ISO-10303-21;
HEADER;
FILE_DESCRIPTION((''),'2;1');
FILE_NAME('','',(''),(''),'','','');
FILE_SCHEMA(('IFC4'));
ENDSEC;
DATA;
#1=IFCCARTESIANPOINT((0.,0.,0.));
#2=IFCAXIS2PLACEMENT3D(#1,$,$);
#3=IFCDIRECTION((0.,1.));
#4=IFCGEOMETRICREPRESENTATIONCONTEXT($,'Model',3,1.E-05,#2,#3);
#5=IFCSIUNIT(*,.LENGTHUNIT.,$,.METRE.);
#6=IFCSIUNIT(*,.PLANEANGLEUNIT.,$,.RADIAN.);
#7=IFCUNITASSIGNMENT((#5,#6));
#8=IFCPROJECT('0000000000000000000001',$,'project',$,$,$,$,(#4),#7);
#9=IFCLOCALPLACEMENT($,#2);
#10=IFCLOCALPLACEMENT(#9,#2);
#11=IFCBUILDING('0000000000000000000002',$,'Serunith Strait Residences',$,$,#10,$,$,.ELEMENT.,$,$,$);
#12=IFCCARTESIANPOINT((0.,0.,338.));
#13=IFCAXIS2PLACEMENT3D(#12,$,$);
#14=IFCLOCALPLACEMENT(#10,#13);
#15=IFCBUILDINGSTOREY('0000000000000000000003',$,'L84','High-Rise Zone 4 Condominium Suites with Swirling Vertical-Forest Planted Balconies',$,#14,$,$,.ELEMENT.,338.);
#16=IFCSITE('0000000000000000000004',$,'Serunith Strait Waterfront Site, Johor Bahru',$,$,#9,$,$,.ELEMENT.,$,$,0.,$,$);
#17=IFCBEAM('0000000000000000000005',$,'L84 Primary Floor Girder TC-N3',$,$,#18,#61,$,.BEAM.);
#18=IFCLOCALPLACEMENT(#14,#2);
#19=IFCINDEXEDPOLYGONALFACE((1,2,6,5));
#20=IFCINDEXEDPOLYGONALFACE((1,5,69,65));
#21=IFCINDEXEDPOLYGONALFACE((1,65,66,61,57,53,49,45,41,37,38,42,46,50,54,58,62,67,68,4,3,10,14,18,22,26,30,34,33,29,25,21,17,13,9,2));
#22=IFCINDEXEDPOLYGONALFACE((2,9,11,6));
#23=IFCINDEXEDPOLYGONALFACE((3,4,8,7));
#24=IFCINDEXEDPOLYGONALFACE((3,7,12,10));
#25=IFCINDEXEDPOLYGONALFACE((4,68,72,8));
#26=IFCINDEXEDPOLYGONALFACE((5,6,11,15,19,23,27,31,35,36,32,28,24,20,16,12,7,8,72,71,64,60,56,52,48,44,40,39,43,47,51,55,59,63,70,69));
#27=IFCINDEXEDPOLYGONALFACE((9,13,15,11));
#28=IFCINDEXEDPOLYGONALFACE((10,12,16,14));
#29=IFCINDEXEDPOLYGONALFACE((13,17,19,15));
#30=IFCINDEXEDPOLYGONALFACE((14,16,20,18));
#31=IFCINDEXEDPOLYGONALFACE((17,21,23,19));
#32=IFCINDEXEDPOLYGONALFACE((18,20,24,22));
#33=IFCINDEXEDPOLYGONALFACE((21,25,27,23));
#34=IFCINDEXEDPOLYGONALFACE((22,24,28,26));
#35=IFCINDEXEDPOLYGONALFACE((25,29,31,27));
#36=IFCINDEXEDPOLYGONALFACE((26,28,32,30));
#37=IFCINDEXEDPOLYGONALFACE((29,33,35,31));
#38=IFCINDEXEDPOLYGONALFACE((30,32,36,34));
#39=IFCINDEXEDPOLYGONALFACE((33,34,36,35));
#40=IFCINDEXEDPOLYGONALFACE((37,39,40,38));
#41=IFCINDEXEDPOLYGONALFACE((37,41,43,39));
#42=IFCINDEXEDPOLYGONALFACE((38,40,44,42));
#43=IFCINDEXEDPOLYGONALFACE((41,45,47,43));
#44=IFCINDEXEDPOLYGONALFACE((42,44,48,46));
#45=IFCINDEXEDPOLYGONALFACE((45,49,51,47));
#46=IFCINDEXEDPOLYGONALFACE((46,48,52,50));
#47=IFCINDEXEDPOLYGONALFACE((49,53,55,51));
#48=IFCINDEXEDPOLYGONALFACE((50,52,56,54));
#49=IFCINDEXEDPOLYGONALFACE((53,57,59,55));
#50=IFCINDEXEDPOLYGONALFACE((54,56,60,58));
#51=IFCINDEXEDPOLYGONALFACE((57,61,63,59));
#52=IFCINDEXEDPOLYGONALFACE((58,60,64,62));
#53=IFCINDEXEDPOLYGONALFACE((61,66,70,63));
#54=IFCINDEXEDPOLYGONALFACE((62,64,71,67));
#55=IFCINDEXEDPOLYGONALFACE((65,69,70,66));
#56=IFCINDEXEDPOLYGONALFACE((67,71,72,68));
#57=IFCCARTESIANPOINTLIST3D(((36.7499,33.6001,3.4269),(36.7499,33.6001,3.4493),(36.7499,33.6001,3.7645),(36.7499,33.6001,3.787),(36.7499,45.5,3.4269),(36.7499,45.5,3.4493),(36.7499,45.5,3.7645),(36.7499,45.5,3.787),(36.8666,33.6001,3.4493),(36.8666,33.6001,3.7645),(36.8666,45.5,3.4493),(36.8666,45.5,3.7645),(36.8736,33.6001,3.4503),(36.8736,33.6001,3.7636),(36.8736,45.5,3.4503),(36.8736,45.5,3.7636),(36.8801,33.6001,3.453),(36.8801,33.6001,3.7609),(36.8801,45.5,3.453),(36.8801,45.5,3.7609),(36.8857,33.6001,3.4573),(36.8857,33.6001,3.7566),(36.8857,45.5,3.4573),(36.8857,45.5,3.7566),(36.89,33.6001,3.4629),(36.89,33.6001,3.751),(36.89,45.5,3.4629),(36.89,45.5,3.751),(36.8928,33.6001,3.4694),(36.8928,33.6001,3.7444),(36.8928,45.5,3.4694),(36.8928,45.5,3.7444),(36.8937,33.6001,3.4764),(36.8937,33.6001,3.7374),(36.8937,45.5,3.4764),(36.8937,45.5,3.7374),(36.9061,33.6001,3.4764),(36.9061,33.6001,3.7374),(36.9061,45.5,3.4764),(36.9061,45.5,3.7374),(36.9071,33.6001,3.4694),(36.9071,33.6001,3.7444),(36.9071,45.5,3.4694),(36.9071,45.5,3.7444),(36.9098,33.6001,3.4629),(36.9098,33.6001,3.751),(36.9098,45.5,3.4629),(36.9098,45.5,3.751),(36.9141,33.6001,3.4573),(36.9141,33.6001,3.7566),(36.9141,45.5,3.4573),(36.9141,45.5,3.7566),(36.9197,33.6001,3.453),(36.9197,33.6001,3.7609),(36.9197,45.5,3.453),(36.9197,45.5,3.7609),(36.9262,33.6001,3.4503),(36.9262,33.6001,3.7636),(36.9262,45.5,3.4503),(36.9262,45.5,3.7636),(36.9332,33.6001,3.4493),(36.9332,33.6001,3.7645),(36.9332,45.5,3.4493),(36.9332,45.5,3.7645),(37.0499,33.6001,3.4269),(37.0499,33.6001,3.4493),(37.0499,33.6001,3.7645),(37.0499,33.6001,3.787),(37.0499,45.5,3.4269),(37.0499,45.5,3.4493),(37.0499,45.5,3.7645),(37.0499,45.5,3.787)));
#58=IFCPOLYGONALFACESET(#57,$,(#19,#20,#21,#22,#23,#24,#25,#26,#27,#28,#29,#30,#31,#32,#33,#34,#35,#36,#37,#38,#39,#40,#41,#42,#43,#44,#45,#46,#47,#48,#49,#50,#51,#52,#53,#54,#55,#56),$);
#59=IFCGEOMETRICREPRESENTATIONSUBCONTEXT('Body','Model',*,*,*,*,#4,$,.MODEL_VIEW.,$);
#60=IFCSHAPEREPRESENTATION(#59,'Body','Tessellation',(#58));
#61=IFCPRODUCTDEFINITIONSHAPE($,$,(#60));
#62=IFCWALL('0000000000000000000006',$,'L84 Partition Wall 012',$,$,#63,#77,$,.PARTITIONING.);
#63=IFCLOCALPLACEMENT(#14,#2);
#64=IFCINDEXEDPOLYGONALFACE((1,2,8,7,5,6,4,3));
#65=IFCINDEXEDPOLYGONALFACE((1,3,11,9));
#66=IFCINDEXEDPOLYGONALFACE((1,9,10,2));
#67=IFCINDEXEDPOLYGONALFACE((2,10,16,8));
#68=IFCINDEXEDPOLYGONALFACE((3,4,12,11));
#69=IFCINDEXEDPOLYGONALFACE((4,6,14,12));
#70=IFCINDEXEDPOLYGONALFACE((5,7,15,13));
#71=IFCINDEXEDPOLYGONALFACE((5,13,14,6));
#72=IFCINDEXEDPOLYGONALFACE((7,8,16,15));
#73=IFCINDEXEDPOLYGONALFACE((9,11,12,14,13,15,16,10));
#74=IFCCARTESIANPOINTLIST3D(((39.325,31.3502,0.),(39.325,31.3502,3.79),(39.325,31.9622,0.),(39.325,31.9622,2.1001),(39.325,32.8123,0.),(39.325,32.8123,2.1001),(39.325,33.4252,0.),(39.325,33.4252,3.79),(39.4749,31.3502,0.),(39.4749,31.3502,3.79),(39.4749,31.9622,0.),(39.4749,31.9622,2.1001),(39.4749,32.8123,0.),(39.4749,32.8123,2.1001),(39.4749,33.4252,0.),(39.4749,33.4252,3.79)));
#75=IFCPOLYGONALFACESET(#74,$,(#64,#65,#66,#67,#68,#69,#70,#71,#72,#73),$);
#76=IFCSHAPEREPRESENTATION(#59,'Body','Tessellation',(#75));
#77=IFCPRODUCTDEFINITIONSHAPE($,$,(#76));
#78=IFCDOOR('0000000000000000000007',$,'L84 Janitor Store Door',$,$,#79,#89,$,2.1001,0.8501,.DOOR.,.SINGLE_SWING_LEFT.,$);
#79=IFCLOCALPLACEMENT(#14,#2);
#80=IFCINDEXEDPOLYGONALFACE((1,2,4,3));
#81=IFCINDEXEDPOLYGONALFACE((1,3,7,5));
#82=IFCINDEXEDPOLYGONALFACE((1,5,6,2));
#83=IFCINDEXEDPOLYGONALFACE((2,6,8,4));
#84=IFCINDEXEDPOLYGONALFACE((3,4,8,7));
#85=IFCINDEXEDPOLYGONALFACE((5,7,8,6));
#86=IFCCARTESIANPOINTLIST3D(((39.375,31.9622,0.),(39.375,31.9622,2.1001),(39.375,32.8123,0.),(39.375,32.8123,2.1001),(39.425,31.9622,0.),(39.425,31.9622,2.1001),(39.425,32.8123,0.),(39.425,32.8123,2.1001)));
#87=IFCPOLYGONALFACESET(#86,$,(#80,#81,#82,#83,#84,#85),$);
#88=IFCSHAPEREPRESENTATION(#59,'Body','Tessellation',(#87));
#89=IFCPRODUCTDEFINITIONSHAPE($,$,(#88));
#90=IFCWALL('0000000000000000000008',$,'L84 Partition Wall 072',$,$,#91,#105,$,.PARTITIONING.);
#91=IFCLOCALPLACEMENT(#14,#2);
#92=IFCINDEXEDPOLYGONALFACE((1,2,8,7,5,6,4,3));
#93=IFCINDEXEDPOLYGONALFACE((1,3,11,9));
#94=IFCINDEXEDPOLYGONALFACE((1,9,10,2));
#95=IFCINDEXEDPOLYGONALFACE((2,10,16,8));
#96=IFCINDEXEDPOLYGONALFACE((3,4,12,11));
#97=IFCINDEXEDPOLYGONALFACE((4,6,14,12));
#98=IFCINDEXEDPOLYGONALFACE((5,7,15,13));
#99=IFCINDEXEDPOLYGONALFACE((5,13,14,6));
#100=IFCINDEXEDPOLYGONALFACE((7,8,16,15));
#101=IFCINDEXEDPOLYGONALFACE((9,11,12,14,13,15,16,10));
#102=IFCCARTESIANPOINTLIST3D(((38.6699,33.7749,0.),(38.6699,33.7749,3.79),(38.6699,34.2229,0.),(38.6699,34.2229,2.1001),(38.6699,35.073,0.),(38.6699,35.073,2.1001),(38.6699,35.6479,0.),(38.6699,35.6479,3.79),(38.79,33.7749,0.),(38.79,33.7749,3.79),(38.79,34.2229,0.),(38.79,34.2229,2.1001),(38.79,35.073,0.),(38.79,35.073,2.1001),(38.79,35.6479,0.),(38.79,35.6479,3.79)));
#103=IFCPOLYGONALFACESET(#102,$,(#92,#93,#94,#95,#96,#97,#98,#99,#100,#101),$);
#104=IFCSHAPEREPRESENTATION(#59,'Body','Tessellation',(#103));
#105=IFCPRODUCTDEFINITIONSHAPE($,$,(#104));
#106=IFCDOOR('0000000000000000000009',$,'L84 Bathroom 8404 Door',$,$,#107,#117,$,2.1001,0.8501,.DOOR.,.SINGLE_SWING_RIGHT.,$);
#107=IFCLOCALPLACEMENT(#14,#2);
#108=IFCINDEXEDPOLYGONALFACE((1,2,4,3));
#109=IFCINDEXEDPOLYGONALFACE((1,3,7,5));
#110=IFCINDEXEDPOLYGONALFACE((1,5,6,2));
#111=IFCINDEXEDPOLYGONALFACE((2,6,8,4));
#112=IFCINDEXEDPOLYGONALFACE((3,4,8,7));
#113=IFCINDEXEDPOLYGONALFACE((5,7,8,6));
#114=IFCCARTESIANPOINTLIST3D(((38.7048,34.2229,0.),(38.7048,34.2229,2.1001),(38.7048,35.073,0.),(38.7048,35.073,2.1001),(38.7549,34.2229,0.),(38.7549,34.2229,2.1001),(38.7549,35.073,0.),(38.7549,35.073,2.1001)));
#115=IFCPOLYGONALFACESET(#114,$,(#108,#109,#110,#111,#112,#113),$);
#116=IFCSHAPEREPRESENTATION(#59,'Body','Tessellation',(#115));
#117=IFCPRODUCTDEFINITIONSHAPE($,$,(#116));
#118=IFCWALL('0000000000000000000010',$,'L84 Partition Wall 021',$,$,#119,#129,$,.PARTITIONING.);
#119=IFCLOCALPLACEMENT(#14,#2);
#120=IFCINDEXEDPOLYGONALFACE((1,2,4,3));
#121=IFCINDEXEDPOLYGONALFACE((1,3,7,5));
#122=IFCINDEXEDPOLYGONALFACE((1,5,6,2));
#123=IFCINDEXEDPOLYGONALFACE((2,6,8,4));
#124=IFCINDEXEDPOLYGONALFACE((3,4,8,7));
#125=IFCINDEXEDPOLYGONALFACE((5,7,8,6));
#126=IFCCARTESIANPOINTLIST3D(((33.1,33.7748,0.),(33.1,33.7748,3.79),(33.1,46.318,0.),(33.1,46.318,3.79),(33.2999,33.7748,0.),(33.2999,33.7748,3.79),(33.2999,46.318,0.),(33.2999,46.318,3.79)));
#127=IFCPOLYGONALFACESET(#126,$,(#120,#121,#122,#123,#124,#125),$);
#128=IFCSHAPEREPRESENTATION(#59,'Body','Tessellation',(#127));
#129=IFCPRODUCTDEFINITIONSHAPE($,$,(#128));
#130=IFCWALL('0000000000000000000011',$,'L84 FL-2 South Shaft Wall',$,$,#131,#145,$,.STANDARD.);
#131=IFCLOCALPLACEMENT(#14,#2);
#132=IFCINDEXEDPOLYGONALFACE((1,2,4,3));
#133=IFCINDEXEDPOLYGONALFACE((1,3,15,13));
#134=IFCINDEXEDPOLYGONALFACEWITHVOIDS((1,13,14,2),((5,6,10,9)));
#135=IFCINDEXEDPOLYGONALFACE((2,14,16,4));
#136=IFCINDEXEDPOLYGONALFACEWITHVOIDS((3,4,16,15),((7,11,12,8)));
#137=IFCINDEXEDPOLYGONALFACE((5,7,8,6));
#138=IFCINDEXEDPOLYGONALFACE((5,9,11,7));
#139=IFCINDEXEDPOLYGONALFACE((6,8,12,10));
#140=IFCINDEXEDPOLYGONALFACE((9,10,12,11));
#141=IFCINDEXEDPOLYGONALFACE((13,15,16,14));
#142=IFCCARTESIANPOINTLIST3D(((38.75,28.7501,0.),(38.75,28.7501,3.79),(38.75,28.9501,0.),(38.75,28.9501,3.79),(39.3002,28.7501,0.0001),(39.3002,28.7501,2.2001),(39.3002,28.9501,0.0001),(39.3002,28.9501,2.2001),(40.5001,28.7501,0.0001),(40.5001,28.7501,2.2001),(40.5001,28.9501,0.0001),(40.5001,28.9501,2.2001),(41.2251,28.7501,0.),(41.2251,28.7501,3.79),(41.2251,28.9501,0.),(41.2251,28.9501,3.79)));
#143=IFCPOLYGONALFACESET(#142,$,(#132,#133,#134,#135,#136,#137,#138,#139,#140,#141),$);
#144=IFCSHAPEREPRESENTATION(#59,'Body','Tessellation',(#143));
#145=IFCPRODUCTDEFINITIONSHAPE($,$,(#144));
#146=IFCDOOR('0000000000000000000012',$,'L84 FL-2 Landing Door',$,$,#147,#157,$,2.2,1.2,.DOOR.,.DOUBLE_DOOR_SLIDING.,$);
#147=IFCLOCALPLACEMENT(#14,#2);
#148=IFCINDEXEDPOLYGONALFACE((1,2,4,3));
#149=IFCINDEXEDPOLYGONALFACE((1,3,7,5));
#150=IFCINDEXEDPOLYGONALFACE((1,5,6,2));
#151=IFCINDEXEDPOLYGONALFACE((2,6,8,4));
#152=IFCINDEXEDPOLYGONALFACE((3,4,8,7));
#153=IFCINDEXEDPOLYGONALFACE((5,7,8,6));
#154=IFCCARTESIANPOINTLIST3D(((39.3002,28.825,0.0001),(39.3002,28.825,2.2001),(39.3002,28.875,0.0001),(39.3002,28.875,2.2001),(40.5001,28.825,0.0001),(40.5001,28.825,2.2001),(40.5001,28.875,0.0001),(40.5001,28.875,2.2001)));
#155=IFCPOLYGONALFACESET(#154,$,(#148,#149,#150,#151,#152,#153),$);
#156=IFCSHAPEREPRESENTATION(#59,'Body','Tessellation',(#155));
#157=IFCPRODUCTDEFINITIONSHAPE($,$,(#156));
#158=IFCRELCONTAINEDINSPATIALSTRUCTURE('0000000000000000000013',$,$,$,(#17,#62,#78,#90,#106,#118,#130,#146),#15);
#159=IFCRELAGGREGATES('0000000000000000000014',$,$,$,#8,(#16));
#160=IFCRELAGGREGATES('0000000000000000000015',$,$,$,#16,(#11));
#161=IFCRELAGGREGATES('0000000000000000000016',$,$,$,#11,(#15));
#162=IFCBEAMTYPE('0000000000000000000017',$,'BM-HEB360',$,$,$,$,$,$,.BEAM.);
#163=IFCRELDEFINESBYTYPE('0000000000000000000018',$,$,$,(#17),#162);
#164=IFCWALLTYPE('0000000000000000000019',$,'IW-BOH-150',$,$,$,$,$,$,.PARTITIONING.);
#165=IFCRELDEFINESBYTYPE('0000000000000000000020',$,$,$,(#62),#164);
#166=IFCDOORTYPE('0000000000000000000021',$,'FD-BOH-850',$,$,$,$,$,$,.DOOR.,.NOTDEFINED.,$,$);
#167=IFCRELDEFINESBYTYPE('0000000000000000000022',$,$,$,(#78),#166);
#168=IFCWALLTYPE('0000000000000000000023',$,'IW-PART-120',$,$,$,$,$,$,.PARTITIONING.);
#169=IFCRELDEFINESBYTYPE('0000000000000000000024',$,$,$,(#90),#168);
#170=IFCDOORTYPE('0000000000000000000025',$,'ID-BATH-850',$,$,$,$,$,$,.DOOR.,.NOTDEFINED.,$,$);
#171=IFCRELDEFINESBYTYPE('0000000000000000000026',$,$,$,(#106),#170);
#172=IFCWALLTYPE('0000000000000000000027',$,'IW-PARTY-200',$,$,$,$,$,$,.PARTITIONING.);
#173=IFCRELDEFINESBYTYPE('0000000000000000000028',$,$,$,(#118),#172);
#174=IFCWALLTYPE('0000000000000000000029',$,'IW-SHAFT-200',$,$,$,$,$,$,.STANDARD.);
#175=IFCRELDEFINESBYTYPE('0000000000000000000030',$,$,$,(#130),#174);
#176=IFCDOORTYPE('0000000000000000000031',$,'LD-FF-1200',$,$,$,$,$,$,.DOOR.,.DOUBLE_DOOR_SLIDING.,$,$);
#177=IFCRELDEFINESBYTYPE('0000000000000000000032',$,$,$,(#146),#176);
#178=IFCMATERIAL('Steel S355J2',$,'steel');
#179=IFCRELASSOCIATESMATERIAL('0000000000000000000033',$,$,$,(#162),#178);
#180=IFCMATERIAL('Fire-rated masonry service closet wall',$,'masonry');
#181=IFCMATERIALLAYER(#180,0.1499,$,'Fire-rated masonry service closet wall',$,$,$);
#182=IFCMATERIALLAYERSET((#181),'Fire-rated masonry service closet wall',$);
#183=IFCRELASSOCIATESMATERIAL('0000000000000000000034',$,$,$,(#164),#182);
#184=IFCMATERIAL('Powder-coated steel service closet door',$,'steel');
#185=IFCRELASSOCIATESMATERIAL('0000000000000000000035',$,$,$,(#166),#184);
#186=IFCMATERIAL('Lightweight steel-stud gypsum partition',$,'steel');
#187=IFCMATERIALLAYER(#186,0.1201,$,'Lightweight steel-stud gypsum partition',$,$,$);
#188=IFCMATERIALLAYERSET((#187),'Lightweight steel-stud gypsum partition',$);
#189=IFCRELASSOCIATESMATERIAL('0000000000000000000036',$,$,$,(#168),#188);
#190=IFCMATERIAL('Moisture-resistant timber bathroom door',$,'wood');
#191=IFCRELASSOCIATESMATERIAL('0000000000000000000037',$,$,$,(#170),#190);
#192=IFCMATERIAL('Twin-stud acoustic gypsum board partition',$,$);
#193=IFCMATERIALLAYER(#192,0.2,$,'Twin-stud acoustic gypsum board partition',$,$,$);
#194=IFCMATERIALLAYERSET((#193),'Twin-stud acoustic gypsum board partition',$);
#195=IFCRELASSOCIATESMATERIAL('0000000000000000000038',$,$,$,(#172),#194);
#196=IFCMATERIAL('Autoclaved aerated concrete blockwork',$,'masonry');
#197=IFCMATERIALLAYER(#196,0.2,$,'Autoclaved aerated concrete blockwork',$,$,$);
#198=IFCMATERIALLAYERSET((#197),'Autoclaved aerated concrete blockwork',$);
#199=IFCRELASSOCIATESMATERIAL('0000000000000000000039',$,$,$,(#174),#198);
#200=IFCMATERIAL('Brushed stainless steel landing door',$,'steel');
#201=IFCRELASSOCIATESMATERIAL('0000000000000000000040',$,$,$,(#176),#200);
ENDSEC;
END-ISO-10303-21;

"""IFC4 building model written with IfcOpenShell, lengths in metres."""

from ifc_helpers import new_model, si_unit, direction, frame, frame_2d, origin, origin_2d, place, context, subcontext, project, spatial, rectangle, i_section, extrude, source, transform, mapped, material, layer, layer_set, material_profile, profile_set, type_object, element, fill, save


model = new_model("IFC4")

# Units and contexts
model_context = context("Model", 3, precision=1e-05, world=origin(), true_north=direction((0.0, 1.0)))
body_context = subcontext(model_context, "Body", "Model", "MODEL_VIEW")
ifc_project = project(units=[si_unit("LENGTHUNIT", "METRE"), si_unit("PLANEANGLEUNIT", "RADIAN")], contexts=[model_context])

# Site, building, storey
site_placement = place(None, origin())
site = spatial("IfcSite", under=ifc_project, at=site_placement, Name="Serunith Strait Waterfront Site, Johor Bahru", CompositionType="ELEMENT", RefElevation=0.0)
building_placement = place(site_placement, origin())
building = spatial("IfcBuilding", under=site, at=building_placement, Name="Serunith Strait Residences", CompositionType="ELEMENT")
storey_placement = place(building_placement, frame((0.0, 0.0, 338.0)))
storey = spatial("IfcBuildingStorey", under=building, at=storey_placement, Name="L84", Description="High-Rise Zone 4 Condominium Suites with Swirling Vertical-Forest Planted Balconies", CompositionType="ELEMENT", Elevation=338.0)

# Beam
ifc_material_1 = material(Name="Steel S355J2", Category="steel")
ifc_material_profile = material_profile(ifc_material_1, i_section(OverallWidth=0.3, OverallDepth=0.3601, WebThickness=0.0125, FlangeThickness=0.0225, FilletRadius=0.0271, at=origin_2d()), Name="HEB 360")
ifc_profile_set = profile_set([ifc_material_profile], Name="Steel S355J2")
beam_type = type_object("IfcBeamType", Name="BM-HEB360", PredefinedType="BEAM", material=ifc_profile_set)
shared_shape_1 = source(origin(), body_context, "Body", "SweptSolid", [
    extrude(i_section(OverallWidth=0.3, OverallDepth=0.3601, WebThickness=0.0125, FlangeThickness=0.0225, FilletRadius=0.0271, at=origin_2d()), origin(), (0.0, 0.0, 1.0), 11.8999),
])
beam_placement = place(storey_placement, frame((36.8999, 33.6001, 3.6069), z_axis=(0.0, 1.0, 0.0), x_axis=(-1.0, 0.0, 0.0)))
element("IfcBeam", 1, at=beam_placement, inside=storey, type_object=beam_type, Name="L84 Primary Floor Girder TC-N3", PredefinedType="BEAM", context=body_context, shape_type="MappedRepresentation", body=[
    mapped(shared_shape_1, transform((0.0, 0.0, 0.0), scale=1.0)),
])

# Walls, openings, doors
ifc_material_2 = material(Name="Fire-rated masonry service closet wall", Category="masonry")
ifc_layer_1 = layer(ifc_material_2, 0.1499, Name="Fire-rated masonry service closet wall")
ifc_layer_set_1 = layer_set([ifc_layer_1], Name="Fire-rated masonry service closet wall")
wall_type_1 = type_object("IfcWallType", Name="IW-BOH-150", PredefinedType="PARTITIONING", material=ifc_layer_set_1)
wall_1_placement = place(storey_placement, frame((39.3999, 31.3501, 0.0), z_axis=(0.0, 0.0, 1.0), x_axis=(0.0, 1.0, 0.0)))
wall_1 = element("IfcWall", 2, at=wall_1_placement, inside=storey, type_object=wall_type_1, Name="L84 Partition Wall 012", PredefinedType="PARTITIONING", context=body_context, shape_type="SweptSolid", body=[
    extrude(rectangle(XDim=2.075, YDim=0.1499, at=frame_2d((1.0376, 0.0))), origin(), (0.0, 0.0, 1.0), 3.79),
])
opening_1_placement = place(wall_1_placement, frame((0.6121, 0.0, 0.0)))
opening_1 = element("IfcOpeningElement", 3, at=opening_1_placement, cuts=wall_1, PredefinedType="OPENING", context=body_context, shape_type="SweptSolid", body=[
    extrude(rectangle(XDim=0.8501, YDim=2.1001, at=frame_2d((0.425, 1.05))), frame((0.0, 0.085, 0.0), z_axis=(0.0, -1.0, 0.0), x_axis=(1.0, 0.0, 0.0)), (0.0, 0.0, 1.0), 0.1699),
])
ifc_material_3 = material(Name="Powder-coated steel service closet door", Category="steel")
door_type_1 = type_object("IfcDoorType", Name="FD-BOH-850", OperationType="NOTDEFINED", PredefinedType="DOOR", material=ifc_material_3)
shared_shape_2 = source(origin(), body_context, "Body", "SweptSolid", [
    extrude(rectangle(XDim=0.8501, YDim=2.1001, at=frame_2d((0.425, 1.05))), frame((0.0, 0.0249, 0.0), z_axis=(0.0, -1.0, 0.0), x_axis=(1.0, 0.0, 0.0)), (0.0, 0.0, 1.0), 0.05),
])
door_1_placement = place(opening_1_placement, origin())
door_1 = element("IfcDoor", 4, at=door_1_placement, inside=storey, type_object=door_type_1, Name="L84 Janitor Store Door", OperationType="SINGLE_SWING_LEFT", OverallHeight=2.1001, OverallWidth=0.8501, PredefinedType="DOOR", context=body_context, shape_type="MappedRepresentation", body=[
    mapped(shared_shape_2, transform((0.0, 0.0, 0.0), scale=1.0)),
])
fill(opening_1, door_1)
ifc_material_4 = material(Name="Lightweight steel-stud gypsum partition", Category="steel")
ifc_layer_2 = layer(ifc_material_4, 0.1201, Name="Lightweight steel-stud gypsum partition")
ifc_layer_set_2 = layer_set([ifc_layer_2], Name="Lightweight steel-stud gypsum partition")
wall_type_2 = type_object("IfcWallType", Name="IW-PART-120", PredefinedType="PARTITIONING", material=ifc_layer_set_2)
wall_2_placement = place(storey_placement, frame((38.73, 35.6479, 0.0), z_axis=(0.0, 0.0, 1.0), x_axis=(0.0, -1.0, 0.0)))
wall_2 = element("IfcWall", 5, at=wall_2_placement, inside=storey, type_object=wall_type_2, Name="L84 Partition Wall 072", PredefinedType="PARTITIONING", context=body_context, shape_type="SweptSolid", body=[
    extrude(rectangle(XDim=1.873, YDim=0.1201, at=frame_2d((0.9365, 0.0))), origin(), (0.0, 0.0, 1.0), 3.79),
])
opening_2_placement = place(wall_2_placement, frame((0.575, 0.0, 0.0)))
opening_2 = element("IfcOpeningElement", 6, at=opening_2_placement, cuts=wall_2, PredefinedType="OPENING", context=body_context, shape_type="SweptSolid", body=[
    extrude(rectangle(XDim=0.8501, YDim=2.1001, at=frame_2d((0.425, 1.05))), frame((0.0, 0.0701, 0.0), z_axis=(0.0, -1.0, 0.0), x_axis=(1.0, 0.0, 0.0)), (0.0, 0.0, 1.0), 0.1401),
])
ifc_material_5 = material(Name="Moisture-resistant timber bathroom door", Category="wood")
door_type_2 = type_object("IfcDoorType", Name="ID-BATH-850", OperationType="NOTDEFINED", PredefinedType="DOOR", material=ifc_material_5)
door_2_placement = place(opening_2_placement, origin())
door_2 = element("IfcDoor", 7, at=door_2_placement, inside=storey, type_object=door_type_2, Name="L84 Bathroom 8404 Door", OperationType="SINGLE_SWING_RIGHT", OverallHeight=2.1001, OverallWidth=0.8501, PredefinedType="DOOR", context=body_context, shape_type="MappedRepresentation", body=[
    mapped(shared_shape_2, transform((0.0, 0.0, 0.0), scale=1.0)),
])
fill(opening_2, door_2)

# Wall
ifc_material_6 = material(Name="Twin-stud acoustic gypsum board partition")
ifc_layer_3 = layer(ifc_material_6, 0.2, Name="Twin-stud acoustic gypsum board partition")
ifc_layer_set_3 = layer_set([ifc_layer_3], Name="Twin-stud acoustic gypsum board partition")
wall_type_3 = type_object("IfcWallType", Name="IW-PARTY-200", PredefinedType="PARTITIONING", material=ifc_layer_set_3)
wall_3_placement = place(storey_placement, frame((33.2, 33.7749, 0.0), z_axis=(0.0, 0.0, 1.0), x_axis=(0.0, 1.0, 0.0)))
element("IfcWall", 8, at=wall_3_placement, inside=storey, type_object=wall_type_3, Name="L84 Partition Wall 021", PredefinedType="PARTITIONING", context=body_context, shape_type="SweptSolid", body=[
    extrude(rectangle(XDim=12.5432, YDim=0.2, at=frame_2d((6.2715, 0.0))), origin(), (0.0, 0.0, 1.0), 3.79),
])

# Wall, opening, door
ifc_material_7 = material(Name="Autoclaved aerated concrete blockwork", Category="masonry")
ifc_layer_4 = layer(ifc_material_7, 0.2, Name="Autoclaved aerated concrete blockwork")
ifc_layer_set_4 = layer_set([ifc_layer_4], Name="Autoclaved aerated concrete blockwork")
wall_type_4 = type_object("IfcWallType", Name="IW-SHAFT-200", PredefinedType="STANDARD", material=ifc_layer_set_4)
wall_4_placement = place(storey_placement, frame((38.75, 28.8501, 0.0), z_axis=(0.0, 0.0, 1.0), x_axis=(1.0, 0.0, 0.0)))
wall_4 = element("IfcWall", 9, at=wall_4_placement, inside=storey, type_object=wall_type_4, Name="L84 FL-2 South Shaft Wall", PredefinedType="STANDARD", context=body_context, shape_type="SweptSolid", body=[
    extrude(rectangle(XDim=2.4751, YDim=0.2, at=frame_2d((1.2375, 0.0))), origin(), (0.0, 0.0, 1.0), 3.79),
])
opening_3_placement = place(wall_4_placement, frame((0.55, 0.0, 0.0)))
opening_3 = element("IfcOpeningElement", 10, at=opening_3_placement, cuts=wall_4, PredefinedType="OPENING", context=body_context, shape_type="SweptSolid", body=[
    extrude(rectangle(XDim=1.2, YDim=2.2, at=frame_2d((0.6001, 1.1001))), frame((0.0, 0.1099, 0.0), z_axis=(0.0, -1.0, 0.0), x_axis=(1.0, 0.0, 0.0)), (0.0, 0.0, 1.0), 0.22),
])
ifc_material_8 = material(Name="Brushed stainless steel landing door", Category="steel")
door_type_3 = type_object("IfcDoorType", Name="LD-FF-1200", OperationType="DOUBLE_DOOR_SLIDING", PredefinedType="DOOR", material=ifc_material_8)
shared_shape_3 = source(origin(), body_context, "Body", "SweptSolid", [
    extrude(rectangle(XDim=1.2, YDim=2.2, at=frame_2d((0.6001, 1.1001))), frame((0.0, 0.0249, 0.0), z_axis=(0.0, -1.0, 0.0), x_axis=(1.0, 0.0, 0.0)), (0.0, 0.0, 1.0), 0.05),
])
door_3_placement = place(opening_3_placement, origin())
door_3 = element("IfcDoor", 11, at=door_3_placement, inside=storey, type_object=door_type_3, Name="L84 FL-2 Landing Door", OperationType="DOUBLE_DOOR_SLIDING", OverallHeight=2.2, OverallWidth=1.2, PredefinedType="DOOR", context=body_context, shape_type="MappedRepresentation", body=[
    mapped(shared_shape_3, transform((0.0, 0.0, 0.0), scale=1.0)),
])
fill(opening_3, door_3)

save(model, "model.ifc")
